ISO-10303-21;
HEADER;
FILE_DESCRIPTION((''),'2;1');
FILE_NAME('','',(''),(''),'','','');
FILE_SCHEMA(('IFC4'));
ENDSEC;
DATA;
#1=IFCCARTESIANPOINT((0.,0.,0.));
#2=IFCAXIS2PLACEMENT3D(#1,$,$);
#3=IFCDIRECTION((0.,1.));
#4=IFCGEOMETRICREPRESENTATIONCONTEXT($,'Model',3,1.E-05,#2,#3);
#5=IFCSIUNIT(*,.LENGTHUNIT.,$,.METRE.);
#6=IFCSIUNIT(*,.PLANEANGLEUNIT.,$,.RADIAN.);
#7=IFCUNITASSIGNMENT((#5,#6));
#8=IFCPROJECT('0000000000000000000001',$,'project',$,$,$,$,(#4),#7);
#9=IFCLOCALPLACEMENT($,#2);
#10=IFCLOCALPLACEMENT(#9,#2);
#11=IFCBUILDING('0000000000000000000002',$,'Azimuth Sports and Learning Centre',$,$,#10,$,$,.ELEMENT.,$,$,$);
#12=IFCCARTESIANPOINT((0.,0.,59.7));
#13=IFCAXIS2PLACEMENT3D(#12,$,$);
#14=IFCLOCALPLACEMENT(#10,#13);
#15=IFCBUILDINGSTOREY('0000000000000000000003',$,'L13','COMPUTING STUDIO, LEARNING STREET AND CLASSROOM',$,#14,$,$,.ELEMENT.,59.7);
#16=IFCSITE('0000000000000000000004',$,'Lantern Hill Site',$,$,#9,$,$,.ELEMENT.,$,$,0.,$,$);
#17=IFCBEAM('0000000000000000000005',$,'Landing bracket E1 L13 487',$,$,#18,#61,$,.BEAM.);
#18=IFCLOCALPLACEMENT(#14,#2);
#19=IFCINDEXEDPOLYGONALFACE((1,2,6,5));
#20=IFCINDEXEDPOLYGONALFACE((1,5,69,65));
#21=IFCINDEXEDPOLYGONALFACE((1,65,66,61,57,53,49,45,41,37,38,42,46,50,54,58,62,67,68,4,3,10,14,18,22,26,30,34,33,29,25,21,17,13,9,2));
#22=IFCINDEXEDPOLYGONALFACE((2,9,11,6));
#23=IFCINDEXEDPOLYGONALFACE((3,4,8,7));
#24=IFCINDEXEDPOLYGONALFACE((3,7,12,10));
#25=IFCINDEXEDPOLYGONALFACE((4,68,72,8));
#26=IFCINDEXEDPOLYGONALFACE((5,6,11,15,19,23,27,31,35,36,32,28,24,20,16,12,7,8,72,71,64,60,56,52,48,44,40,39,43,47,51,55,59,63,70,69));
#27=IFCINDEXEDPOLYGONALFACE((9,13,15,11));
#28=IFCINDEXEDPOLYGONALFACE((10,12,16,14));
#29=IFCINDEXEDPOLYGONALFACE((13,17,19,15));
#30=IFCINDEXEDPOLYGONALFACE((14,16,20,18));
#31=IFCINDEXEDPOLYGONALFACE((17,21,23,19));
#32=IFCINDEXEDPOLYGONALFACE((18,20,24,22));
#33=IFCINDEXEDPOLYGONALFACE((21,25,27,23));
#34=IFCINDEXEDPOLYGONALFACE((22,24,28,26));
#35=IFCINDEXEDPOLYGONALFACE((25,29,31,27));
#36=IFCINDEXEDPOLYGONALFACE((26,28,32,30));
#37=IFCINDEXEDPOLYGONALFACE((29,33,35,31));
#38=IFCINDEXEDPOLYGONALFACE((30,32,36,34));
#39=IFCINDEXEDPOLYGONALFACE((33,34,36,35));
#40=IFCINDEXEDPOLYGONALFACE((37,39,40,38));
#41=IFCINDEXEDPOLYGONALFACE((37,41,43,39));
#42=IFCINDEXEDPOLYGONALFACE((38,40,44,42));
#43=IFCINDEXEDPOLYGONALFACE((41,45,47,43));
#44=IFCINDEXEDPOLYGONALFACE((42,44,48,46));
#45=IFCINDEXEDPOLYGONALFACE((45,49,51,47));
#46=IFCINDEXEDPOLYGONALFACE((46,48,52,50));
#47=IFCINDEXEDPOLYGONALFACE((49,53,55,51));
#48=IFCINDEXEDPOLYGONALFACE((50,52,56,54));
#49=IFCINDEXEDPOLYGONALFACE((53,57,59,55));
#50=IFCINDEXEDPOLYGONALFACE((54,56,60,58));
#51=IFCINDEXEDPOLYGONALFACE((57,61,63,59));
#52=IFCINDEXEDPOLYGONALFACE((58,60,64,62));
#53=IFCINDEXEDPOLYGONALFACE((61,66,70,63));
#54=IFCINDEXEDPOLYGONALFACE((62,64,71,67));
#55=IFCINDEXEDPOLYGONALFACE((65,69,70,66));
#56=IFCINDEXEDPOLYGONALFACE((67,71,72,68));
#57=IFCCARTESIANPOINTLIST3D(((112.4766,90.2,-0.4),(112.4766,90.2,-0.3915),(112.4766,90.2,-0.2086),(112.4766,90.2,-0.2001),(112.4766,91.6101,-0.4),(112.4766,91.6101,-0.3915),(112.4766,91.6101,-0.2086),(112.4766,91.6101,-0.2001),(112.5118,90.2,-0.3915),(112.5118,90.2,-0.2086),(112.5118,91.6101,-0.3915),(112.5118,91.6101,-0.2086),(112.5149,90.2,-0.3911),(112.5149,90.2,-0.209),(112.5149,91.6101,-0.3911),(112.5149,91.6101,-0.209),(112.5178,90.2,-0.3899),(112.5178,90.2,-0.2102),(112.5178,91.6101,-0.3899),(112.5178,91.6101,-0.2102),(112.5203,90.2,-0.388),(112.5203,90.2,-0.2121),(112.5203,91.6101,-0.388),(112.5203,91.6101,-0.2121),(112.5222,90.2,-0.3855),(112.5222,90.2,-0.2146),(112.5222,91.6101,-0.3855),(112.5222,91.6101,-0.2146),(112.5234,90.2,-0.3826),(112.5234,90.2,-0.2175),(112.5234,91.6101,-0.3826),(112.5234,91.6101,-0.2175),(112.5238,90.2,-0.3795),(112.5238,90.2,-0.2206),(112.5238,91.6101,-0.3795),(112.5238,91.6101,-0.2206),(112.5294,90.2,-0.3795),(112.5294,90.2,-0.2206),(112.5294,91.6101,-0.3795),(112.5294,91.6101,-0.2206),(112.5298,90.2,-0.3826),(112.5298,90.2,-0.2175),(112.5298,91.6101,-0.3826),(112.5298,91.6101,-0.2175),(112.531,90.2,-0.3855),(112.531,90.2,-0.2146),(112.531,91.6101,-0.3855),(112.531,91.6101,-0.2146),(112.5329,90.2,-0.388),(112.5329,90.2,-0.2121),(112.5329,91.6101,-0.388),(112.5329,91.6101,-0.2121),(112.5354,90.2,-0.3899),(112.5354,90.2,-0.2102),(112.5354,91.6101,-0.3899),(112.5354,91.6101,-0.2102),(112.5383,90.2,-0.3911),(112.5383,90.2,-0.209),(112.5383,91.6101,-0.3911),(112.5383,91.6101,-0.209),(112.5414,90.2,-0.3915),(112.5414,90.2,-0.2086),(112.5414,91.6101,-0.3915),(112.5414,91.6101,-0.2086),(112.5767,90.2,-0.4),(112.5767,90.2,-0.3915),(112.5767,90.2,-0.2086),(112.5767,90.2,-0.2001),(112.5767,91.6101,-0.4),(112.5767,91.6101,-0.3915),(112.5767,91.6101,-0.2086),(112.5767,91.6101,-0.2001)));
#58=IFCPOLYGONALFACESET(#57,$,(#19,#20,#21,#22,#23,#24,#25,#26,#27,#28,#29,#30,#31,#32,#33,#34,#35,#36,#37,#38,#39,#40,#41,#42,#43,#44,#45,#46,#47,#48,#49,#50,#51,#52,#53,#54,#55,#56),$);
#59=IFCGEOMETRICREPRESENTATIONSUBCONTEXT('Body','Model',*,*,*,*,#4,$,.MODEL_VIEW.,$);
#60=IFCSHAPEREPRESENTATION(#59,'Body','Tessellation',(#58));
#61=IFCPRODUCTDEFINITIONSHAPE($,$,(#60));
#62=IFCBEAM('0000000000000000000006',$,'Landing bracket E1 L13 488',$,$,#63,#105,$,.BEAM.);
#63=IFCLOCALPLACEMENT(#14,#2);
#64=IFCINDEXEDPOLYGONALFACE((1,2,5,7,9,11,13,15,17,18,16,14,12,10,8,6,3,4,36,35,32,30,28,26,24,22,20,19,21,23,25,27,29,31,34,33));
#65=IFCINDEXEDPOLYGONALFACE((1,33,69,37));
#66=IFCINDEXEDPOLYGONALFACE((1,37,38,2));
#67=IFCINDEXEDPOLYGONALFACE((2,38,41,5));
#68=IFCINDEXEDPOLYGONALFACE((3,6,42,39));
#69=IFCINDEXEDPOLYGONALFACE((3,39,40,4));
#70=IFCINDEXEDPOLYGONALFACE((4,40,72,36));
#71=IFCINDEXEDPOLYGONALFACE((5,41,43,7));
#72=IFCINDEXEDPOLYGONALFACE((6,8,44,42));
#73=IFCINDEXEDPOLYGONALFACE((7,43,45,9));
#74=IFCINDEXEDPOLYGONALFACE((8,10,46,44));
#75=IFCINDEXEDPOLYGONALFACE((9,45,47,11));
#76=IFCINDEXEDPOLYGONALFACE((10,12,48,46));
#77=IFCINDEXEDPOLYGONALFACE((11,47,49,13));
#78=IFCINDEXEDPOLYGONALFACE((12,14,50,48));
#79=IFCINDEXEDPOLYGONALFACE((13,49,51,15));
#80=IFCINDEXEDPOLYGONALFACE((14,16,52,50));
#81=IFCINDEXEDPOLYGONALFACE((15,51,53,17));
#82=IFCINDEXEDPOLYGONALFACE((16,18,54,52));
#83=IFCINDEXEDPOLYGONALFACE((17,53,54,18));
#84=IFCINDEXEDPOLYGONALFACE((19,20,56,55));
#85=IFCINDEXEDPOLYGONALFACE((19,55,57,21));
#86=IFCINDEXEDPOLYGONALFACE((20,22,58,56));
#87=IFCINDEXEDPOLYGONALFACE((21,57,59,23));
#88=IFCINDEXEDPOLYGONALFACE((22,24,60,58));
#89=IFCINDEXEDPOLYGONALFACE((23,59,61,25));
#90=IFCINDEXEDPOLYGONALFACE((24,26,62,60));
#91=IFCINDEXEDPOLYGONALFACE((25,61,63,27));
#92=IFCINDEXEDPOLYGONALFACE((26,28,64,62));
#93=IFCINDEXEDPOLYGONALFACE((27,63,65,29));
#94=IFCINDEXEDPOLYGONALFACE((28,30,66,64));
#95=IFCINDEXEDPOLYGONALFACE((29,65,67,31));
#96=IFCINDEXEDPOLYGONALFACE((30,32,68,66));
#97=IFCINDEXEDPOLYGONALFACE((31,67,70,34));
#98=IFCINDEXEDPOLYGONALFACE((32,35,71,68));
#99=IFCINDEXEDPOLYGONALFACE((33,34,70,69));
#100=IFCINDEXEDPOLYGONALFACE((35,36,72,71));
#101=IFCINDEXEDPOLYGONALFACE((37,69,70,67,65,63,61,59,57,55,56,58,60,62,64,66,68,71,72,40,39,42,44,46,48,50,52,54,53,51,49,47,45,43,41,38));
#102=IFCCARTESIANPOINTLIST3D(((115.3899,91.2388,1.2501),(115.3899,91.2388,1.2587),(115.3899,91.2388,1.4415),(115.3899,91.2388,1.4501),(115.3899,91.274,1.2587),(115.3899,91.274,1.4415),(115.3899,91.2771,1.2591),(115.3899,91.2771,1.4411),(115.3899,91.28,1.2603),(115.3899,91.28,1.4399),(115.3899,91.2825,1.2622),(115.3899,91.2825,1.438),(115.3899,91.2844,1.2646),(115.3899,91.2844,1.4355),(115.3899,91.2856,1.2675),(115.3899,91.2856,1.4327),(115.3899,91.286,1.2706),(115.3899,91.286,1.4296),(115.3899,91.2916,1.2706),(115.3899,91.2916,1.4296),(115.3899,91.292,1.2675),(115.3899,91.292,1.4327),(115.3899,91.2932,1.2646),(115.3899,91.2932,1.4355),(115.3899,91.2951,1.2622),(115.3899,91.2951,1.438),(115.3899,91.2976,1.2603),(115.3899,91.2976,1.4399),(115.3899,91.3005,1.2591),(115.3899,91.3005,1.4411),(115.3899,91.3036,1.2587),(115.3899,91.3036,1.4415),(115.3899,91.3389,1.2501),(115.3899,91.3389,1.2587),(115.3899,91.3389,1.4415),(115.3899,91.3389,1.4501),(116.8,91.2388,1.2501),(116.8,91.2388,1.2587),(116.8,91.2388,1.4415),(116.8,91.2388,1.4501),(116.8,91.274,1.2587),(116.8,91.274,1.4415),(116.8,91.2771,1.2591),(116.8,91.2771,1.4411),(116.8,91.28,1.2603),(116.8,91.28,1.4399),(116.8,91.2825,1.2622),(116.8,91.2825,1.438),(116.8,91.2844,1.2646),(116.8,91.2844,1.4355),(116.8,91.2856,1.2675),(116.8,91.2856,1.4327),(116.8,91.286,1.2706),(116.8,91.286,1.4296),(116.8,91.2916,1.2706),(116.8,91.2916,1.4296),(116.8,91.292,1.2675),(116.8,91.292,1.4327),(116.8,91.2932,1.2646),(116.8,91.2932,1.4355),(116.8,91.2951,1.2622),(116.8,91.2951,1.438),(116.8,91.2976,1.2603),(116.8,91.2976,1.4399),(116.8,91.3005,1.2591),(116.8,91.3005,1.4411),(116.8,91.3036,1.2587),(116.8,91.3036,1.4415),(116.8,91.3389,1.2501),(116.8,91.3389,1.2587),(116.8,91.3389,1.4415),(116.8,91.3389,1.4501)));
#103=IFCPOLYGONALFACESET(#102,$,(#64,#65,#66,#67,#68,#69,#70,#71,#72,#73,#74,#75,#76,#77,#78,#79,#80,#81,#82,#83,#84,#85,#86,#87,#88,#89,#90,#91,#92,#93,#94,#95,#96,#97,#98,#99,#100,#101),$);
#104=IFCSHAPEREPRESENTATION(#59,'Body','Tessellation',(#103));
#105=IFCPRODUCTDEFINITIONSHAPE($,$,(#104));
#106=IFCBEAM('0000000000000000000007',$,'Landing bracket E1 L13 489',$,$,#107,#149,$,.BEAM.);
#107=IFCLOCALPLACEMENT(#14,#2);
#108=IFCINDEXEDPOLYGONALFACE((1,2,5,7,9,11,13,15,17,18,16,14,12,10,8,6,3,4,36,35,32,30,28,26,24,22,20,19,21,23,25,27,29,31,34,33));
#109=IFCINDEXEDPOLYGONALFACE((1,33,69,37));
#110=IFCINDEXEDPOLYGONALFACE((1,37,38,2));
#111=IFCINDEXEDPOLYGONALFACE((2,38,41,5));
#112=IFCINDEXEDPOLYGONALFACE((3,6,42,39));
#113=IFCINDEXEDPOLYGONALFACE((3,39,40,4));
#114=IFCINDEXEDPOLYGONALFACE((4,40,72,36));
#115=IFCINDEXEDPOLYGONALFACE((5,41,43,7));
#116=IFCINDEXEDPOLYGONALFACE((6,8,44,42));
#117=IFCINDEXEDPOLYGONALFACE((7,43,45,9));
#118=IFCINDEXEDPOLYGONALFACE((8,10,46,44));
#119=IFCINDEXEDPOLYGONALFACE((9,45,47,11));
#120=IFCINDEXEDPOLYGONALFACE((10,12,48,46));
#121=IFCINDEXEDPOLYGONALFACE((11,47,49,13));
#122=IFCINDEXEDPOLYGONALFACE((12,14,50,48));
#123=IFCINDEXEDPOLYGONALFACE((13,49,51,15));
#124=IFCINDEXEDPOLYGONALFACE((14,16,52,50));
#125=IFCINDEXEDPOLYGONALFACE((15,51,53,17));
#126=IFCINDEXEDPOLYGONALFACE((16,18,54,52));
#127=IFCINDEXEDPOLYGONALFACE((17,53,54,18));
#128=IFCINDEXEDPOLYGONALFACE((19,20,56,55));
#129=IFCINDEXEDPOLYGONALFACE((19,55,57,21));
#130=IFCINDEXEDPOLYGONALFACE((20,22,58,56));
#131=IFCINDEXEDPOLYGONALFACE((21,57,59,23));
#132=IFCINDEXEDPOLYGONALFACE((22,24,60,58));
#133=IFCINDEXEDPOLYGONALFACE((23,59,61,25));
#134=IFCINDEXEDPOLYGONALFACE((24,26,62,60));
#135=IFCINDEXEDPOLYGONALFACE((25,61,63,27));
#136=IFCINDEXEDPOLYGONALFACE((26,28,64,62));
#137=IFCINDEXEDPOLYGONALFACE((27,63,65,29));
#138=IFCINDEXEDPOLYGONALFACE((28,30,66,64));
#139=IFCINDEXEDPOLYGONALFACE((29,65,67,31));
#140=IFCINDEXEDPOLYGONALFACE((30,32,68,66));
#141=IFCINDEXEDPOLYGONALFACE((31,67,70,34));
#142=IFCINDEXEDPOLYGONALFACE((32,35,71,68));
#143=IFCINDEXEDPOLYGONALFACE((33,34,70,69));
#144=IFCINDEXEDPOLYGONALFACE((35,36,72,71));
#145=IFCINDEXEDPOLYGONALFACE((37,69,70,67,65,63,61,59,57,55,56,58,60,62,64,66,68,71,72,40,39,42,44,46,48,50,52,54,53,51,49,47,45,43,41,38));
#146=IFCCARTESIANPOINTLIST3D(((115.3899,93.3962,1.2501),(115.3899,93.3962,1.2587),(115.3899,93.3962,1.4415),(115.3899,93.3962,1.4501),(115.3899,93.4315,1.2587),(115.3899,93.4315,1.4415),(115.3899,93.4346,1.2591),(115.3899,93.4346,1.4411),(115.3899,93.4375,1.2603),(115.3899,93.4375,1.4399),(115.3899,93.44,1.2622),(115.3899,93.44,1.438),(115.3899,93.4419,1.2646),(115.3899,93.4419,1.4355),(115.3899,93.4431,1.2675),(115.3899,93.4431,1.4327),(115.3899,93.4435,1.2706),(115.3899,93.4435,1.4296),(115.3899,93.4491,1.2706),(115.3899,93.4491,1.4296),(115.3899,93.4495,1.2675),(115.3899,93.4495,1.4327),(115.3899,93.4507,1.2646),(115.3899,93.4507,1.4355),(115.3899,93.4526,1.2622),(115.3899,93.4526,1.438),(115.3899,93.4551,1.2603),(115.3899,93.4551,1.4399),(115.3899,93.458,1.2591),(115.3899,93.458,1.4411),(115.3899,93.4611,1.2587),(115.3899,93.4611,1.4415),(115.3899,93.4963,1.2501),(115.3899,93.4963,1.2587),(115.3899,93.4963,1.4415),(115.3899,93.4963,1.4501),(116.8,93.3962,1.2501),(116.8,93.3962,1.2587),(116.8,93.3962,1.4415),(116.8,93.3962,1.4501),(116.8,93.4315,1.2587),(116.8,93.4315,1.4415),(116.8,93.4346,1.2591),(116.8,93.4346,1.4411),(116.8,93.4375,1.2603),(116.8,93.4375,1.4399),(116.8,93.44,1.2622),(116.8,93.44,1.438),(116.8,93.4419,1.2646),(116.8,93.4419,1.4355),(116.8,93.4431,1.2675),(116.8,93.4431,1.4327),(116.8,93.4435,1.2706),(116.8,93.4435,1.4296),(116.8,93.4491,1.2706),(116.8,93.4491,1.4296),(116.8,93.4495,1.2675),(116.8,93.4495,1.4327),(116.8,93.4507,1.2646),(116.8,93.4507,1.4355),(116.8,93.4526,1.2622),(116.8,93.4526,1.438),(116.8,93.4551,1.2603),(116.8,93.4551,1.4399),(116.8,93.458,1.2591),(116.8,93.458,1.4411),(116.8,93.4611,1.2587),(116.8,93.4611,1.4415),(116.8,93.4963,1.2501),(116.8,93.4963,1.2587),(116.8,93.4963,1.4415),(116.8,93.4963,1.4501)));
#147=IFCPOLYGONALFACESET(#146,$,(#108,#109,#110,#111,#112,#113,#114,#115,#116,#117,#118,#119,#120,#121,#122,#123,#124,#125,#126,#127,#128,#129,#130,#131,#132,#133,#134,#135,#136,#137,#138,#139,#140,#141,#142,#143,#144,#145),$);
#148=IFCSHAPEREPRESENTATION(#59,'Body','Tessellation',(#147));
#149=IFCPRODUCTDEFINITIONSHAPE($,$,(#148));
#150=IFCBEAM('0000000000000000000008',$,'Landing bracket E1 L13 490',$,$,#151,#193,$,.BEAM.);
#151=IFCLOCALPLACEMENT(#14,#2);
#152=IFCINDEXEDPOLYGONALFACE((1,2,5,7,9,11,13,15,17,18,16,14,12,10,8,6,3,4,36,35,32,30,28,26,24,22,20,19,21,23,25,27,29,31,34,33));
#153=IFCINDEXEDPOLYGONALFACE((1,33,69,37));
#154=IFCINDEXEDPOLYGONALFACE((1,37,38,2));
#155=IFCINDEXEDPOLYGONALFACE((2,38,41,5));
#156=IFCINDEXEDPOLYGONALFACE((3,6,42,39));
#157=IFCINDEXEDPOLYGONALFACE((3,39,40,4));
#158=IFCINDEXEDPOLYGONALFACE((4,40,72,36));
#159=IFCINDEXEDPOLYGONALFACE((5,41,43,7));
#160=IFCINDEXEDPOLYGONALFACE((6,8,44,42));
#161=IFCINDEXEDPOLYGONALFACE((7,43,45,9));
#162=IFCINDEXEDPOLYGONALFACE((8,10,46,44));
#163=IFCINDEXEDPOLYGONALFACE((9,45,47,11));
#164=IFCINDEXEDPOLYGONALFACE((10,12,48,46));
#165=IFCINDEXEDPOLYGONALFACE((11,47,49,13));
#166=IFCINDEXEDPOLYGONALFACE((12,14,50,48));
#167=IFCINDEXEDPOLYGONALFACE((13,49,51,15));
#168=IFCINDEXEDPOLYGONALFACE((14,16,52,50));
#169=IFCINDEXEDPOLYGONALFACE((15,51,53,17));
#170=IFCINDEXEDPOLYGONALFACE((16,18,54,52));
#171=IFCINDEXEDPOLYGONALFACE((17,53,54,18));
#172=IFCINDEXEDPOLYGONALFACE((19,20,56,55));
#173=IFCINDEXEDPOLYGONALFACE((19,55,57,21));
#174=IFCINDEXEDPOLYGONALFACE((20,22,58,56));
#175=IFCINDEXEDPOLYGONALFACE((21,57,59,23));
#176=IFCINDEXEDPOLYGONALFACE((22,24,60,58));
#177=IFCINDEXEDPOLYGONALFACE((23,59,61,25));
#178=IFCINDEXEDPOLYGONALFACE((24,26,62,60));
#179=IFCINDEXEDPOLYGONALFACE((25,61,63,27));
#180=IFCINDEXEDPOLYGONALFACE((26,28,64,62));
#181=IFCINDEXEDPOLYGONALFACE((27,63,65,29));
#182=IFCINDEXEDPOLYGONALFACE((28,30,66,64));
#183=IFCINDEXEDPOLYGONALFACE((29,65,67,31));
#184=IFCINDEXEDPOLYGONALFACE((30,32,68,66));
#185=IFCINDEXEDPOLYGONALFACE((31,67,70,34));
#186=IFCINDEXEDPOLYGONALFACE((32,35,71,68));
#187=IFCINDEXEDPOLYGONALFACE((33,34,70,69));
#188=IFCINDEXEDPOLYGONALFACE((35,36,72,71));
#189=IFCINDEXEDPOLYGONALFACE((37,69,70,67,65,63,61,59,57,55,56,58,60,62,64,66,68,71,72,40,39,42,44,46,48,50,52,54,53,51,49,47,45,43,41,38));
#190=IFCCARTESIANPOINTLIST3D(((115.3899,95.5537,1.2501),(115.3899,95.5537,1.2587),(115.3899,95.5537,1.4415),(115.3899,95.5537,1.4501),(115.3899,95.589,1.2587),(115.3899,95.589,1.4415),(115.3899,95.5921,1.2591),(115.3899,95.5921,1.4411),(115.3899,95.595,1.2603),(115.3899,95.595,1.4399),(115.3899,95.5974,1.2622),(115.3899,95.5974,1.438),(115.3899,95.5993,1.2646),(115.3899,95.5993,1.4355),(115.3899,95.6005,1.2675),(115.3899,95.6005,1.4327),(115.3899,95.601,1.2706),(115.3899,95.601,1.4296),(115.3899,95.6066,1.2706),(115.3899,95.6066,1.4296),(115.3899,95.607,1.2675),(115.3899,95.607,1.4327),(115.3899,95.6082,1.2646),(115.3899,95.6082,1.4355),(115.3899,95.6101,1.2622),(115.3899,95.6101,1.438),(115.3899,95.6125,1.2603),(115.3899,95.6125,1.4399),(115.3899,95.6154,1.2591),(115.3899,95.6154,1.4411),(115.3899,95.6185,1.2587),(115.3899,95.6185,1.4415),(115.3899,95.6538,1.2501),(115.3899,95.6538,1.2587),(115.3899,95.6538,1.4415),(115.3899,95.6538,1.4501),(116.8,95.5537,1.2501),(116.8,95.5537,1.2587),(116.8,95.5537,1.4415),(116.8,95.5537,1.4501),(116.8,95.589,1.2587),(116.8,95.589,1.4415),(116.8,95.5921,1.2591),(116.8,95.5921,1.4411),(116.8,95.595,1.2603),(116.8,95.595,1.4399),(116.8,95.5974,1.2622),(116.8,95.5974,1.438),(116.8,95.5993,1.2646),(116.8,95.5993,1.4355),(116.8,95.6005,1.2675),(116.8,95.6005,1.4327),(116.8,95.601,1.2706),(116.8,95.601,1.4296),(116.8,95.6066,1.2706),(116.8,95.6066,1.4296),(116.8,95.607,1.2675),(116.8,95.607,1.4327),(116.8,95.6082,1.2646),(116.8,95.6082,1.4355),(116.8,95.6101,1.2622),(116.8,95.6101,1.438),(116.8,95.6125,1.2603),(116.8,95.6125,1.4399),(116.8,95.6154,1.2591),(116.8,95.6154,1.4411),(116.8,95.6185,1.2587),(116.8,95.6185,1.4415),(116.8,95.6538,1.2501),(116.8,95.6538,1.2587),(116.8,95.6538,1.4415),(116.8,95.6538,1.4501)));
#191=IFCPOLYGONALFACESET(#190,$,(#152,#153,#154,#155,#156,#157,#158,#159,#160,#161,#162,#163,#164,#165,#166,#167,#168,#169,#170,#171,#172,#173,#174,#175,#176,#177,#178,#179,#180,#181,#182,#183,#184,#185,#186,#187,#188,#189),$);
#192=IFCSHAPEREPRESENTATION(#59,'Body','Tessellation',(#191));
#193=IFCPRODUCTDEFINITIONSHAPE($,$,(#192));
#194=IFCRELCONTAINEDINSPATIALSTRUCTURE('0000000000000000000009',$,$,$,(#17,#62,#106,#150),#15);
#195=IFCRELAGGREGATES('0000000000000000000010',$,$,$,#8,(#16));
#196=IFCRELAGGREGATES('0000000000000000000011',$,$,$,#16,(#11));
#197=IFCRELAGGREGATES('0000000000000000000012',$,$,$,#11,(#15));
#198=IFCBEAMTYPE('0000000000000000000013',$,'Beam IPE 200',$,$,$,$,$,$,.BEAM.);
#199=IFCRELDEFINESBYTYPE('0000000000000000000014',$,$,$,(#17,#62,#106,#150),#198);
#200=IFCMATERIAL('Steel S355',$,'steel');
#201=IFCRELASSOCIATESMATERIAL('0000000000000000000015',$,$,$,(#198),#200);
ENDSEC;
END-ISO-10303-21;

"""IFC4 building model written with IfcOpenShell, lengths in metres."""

from ifc_helpers import new_model, si_unit, direction, frame, origin, origin_2d, place, context, subcontext, project, spatial, i_section, extrude, material, material_profile, profile_set, type_object, element, save


model = new_model("IFC4")

# Units and contexts
model_context = context("Model", 3, precision=1e-05, world=origin(), true_north=direction((0.0, 1.0)))
body_context = subcontext(model_context, "Body", "Model", "MODEL_VIEW")
ifc_project = project(units=[si_unit("LENGTHUNIT", "METRE"), si_unit("PLANEANGLEUNIT", "RADIAN")], contexts=[model_context])

# Site, building, storey
site_placement = place(None, origin())
site = spatial("IfcSite", under=ifc_project, at=site_placement, Name="Lantern Hill Site", CompositionType="ELEMENT", RefElevation=0.0)
building_placement = place(site_placement, origin())
building = spatial("IfcBuilding", under=site, at=building_placement, Name="Azimuth Sports and Learning Centre", CompositionType="ELEMENT")
storey_placement = place(building_placement, frame((0.0, 0.0, 59.7)))
storey = spatial("IfcBuildingStorey", under=building, at=storey_placement, Name="L13", Description="COMPUTING STUDIO, LEARNING STREET AND CLASSROOM", CompositionType="ELEMENT", Elevation=59.7)

# Beams
ifc_material_1 = material(Name="Steel S355", Category="steel")
ifc_material_profile = material_profile(ifc_material_1, i_section(OverallWidth=0.1001, OverallDepth=0.2, WebThickness=0.0056, FlangeThickness=0.0085, FilletRadius=0.012, at=origin_2d()), Name="IPE 200")
ifc_profile_set = profile_set([ifc_material_profile], Name="Steel S355")
beam_type = type_object("IfcBeamType", Name="Beam IPE 200", PredefinedType="BEAM", material=ifc_profile_set)
for number, where, z_axis, x_axis, name in (
    (1, (112.5266, 90.2, -0.3), (0.0, 1.0, 0.0), (-1.0, 0.0, 0.0), "Landing bracket E1 L13 487"),
    (2, (116.8, 91.2888, 1.3501), (-1.0, 0.0, 0.0), (0.0, -1.0, 0.0), "Landing bracket E1 L13 488"),
    (3, (116.8, 93.4463, 1.3501), (-1.0, 0.0, 0.0), (0.0, -1.0, 0.0), "Landing bracket E1 L13 489"),
    (4, (116.8, 95.6038, 1.3501), (-1.0, 0.0, 0.0), (0.0, -1.0, 0.0), "Landing bracket E1 L13 490"),
):
    element("IfcBeam", number, at=place(storey_placement, frame(where, z_axis=z_axis, x_axis=x_axis)), inside=storey, type_object=beam_type, Name=name, PredefinedType="BEAM", context=body_context, shape_type="SweptSolid", body=[
        extrude(i_section(OverallWidth=0.1001, OverallDepth=0.2, WebThickness=0.0056, FlangeThickness=0.0085, FilletRadius=0.012, at=origin_2d()), origin(), (0.0, 0.0, 1.0), 1.4102),
    ])

save(model, "model.ifc")
